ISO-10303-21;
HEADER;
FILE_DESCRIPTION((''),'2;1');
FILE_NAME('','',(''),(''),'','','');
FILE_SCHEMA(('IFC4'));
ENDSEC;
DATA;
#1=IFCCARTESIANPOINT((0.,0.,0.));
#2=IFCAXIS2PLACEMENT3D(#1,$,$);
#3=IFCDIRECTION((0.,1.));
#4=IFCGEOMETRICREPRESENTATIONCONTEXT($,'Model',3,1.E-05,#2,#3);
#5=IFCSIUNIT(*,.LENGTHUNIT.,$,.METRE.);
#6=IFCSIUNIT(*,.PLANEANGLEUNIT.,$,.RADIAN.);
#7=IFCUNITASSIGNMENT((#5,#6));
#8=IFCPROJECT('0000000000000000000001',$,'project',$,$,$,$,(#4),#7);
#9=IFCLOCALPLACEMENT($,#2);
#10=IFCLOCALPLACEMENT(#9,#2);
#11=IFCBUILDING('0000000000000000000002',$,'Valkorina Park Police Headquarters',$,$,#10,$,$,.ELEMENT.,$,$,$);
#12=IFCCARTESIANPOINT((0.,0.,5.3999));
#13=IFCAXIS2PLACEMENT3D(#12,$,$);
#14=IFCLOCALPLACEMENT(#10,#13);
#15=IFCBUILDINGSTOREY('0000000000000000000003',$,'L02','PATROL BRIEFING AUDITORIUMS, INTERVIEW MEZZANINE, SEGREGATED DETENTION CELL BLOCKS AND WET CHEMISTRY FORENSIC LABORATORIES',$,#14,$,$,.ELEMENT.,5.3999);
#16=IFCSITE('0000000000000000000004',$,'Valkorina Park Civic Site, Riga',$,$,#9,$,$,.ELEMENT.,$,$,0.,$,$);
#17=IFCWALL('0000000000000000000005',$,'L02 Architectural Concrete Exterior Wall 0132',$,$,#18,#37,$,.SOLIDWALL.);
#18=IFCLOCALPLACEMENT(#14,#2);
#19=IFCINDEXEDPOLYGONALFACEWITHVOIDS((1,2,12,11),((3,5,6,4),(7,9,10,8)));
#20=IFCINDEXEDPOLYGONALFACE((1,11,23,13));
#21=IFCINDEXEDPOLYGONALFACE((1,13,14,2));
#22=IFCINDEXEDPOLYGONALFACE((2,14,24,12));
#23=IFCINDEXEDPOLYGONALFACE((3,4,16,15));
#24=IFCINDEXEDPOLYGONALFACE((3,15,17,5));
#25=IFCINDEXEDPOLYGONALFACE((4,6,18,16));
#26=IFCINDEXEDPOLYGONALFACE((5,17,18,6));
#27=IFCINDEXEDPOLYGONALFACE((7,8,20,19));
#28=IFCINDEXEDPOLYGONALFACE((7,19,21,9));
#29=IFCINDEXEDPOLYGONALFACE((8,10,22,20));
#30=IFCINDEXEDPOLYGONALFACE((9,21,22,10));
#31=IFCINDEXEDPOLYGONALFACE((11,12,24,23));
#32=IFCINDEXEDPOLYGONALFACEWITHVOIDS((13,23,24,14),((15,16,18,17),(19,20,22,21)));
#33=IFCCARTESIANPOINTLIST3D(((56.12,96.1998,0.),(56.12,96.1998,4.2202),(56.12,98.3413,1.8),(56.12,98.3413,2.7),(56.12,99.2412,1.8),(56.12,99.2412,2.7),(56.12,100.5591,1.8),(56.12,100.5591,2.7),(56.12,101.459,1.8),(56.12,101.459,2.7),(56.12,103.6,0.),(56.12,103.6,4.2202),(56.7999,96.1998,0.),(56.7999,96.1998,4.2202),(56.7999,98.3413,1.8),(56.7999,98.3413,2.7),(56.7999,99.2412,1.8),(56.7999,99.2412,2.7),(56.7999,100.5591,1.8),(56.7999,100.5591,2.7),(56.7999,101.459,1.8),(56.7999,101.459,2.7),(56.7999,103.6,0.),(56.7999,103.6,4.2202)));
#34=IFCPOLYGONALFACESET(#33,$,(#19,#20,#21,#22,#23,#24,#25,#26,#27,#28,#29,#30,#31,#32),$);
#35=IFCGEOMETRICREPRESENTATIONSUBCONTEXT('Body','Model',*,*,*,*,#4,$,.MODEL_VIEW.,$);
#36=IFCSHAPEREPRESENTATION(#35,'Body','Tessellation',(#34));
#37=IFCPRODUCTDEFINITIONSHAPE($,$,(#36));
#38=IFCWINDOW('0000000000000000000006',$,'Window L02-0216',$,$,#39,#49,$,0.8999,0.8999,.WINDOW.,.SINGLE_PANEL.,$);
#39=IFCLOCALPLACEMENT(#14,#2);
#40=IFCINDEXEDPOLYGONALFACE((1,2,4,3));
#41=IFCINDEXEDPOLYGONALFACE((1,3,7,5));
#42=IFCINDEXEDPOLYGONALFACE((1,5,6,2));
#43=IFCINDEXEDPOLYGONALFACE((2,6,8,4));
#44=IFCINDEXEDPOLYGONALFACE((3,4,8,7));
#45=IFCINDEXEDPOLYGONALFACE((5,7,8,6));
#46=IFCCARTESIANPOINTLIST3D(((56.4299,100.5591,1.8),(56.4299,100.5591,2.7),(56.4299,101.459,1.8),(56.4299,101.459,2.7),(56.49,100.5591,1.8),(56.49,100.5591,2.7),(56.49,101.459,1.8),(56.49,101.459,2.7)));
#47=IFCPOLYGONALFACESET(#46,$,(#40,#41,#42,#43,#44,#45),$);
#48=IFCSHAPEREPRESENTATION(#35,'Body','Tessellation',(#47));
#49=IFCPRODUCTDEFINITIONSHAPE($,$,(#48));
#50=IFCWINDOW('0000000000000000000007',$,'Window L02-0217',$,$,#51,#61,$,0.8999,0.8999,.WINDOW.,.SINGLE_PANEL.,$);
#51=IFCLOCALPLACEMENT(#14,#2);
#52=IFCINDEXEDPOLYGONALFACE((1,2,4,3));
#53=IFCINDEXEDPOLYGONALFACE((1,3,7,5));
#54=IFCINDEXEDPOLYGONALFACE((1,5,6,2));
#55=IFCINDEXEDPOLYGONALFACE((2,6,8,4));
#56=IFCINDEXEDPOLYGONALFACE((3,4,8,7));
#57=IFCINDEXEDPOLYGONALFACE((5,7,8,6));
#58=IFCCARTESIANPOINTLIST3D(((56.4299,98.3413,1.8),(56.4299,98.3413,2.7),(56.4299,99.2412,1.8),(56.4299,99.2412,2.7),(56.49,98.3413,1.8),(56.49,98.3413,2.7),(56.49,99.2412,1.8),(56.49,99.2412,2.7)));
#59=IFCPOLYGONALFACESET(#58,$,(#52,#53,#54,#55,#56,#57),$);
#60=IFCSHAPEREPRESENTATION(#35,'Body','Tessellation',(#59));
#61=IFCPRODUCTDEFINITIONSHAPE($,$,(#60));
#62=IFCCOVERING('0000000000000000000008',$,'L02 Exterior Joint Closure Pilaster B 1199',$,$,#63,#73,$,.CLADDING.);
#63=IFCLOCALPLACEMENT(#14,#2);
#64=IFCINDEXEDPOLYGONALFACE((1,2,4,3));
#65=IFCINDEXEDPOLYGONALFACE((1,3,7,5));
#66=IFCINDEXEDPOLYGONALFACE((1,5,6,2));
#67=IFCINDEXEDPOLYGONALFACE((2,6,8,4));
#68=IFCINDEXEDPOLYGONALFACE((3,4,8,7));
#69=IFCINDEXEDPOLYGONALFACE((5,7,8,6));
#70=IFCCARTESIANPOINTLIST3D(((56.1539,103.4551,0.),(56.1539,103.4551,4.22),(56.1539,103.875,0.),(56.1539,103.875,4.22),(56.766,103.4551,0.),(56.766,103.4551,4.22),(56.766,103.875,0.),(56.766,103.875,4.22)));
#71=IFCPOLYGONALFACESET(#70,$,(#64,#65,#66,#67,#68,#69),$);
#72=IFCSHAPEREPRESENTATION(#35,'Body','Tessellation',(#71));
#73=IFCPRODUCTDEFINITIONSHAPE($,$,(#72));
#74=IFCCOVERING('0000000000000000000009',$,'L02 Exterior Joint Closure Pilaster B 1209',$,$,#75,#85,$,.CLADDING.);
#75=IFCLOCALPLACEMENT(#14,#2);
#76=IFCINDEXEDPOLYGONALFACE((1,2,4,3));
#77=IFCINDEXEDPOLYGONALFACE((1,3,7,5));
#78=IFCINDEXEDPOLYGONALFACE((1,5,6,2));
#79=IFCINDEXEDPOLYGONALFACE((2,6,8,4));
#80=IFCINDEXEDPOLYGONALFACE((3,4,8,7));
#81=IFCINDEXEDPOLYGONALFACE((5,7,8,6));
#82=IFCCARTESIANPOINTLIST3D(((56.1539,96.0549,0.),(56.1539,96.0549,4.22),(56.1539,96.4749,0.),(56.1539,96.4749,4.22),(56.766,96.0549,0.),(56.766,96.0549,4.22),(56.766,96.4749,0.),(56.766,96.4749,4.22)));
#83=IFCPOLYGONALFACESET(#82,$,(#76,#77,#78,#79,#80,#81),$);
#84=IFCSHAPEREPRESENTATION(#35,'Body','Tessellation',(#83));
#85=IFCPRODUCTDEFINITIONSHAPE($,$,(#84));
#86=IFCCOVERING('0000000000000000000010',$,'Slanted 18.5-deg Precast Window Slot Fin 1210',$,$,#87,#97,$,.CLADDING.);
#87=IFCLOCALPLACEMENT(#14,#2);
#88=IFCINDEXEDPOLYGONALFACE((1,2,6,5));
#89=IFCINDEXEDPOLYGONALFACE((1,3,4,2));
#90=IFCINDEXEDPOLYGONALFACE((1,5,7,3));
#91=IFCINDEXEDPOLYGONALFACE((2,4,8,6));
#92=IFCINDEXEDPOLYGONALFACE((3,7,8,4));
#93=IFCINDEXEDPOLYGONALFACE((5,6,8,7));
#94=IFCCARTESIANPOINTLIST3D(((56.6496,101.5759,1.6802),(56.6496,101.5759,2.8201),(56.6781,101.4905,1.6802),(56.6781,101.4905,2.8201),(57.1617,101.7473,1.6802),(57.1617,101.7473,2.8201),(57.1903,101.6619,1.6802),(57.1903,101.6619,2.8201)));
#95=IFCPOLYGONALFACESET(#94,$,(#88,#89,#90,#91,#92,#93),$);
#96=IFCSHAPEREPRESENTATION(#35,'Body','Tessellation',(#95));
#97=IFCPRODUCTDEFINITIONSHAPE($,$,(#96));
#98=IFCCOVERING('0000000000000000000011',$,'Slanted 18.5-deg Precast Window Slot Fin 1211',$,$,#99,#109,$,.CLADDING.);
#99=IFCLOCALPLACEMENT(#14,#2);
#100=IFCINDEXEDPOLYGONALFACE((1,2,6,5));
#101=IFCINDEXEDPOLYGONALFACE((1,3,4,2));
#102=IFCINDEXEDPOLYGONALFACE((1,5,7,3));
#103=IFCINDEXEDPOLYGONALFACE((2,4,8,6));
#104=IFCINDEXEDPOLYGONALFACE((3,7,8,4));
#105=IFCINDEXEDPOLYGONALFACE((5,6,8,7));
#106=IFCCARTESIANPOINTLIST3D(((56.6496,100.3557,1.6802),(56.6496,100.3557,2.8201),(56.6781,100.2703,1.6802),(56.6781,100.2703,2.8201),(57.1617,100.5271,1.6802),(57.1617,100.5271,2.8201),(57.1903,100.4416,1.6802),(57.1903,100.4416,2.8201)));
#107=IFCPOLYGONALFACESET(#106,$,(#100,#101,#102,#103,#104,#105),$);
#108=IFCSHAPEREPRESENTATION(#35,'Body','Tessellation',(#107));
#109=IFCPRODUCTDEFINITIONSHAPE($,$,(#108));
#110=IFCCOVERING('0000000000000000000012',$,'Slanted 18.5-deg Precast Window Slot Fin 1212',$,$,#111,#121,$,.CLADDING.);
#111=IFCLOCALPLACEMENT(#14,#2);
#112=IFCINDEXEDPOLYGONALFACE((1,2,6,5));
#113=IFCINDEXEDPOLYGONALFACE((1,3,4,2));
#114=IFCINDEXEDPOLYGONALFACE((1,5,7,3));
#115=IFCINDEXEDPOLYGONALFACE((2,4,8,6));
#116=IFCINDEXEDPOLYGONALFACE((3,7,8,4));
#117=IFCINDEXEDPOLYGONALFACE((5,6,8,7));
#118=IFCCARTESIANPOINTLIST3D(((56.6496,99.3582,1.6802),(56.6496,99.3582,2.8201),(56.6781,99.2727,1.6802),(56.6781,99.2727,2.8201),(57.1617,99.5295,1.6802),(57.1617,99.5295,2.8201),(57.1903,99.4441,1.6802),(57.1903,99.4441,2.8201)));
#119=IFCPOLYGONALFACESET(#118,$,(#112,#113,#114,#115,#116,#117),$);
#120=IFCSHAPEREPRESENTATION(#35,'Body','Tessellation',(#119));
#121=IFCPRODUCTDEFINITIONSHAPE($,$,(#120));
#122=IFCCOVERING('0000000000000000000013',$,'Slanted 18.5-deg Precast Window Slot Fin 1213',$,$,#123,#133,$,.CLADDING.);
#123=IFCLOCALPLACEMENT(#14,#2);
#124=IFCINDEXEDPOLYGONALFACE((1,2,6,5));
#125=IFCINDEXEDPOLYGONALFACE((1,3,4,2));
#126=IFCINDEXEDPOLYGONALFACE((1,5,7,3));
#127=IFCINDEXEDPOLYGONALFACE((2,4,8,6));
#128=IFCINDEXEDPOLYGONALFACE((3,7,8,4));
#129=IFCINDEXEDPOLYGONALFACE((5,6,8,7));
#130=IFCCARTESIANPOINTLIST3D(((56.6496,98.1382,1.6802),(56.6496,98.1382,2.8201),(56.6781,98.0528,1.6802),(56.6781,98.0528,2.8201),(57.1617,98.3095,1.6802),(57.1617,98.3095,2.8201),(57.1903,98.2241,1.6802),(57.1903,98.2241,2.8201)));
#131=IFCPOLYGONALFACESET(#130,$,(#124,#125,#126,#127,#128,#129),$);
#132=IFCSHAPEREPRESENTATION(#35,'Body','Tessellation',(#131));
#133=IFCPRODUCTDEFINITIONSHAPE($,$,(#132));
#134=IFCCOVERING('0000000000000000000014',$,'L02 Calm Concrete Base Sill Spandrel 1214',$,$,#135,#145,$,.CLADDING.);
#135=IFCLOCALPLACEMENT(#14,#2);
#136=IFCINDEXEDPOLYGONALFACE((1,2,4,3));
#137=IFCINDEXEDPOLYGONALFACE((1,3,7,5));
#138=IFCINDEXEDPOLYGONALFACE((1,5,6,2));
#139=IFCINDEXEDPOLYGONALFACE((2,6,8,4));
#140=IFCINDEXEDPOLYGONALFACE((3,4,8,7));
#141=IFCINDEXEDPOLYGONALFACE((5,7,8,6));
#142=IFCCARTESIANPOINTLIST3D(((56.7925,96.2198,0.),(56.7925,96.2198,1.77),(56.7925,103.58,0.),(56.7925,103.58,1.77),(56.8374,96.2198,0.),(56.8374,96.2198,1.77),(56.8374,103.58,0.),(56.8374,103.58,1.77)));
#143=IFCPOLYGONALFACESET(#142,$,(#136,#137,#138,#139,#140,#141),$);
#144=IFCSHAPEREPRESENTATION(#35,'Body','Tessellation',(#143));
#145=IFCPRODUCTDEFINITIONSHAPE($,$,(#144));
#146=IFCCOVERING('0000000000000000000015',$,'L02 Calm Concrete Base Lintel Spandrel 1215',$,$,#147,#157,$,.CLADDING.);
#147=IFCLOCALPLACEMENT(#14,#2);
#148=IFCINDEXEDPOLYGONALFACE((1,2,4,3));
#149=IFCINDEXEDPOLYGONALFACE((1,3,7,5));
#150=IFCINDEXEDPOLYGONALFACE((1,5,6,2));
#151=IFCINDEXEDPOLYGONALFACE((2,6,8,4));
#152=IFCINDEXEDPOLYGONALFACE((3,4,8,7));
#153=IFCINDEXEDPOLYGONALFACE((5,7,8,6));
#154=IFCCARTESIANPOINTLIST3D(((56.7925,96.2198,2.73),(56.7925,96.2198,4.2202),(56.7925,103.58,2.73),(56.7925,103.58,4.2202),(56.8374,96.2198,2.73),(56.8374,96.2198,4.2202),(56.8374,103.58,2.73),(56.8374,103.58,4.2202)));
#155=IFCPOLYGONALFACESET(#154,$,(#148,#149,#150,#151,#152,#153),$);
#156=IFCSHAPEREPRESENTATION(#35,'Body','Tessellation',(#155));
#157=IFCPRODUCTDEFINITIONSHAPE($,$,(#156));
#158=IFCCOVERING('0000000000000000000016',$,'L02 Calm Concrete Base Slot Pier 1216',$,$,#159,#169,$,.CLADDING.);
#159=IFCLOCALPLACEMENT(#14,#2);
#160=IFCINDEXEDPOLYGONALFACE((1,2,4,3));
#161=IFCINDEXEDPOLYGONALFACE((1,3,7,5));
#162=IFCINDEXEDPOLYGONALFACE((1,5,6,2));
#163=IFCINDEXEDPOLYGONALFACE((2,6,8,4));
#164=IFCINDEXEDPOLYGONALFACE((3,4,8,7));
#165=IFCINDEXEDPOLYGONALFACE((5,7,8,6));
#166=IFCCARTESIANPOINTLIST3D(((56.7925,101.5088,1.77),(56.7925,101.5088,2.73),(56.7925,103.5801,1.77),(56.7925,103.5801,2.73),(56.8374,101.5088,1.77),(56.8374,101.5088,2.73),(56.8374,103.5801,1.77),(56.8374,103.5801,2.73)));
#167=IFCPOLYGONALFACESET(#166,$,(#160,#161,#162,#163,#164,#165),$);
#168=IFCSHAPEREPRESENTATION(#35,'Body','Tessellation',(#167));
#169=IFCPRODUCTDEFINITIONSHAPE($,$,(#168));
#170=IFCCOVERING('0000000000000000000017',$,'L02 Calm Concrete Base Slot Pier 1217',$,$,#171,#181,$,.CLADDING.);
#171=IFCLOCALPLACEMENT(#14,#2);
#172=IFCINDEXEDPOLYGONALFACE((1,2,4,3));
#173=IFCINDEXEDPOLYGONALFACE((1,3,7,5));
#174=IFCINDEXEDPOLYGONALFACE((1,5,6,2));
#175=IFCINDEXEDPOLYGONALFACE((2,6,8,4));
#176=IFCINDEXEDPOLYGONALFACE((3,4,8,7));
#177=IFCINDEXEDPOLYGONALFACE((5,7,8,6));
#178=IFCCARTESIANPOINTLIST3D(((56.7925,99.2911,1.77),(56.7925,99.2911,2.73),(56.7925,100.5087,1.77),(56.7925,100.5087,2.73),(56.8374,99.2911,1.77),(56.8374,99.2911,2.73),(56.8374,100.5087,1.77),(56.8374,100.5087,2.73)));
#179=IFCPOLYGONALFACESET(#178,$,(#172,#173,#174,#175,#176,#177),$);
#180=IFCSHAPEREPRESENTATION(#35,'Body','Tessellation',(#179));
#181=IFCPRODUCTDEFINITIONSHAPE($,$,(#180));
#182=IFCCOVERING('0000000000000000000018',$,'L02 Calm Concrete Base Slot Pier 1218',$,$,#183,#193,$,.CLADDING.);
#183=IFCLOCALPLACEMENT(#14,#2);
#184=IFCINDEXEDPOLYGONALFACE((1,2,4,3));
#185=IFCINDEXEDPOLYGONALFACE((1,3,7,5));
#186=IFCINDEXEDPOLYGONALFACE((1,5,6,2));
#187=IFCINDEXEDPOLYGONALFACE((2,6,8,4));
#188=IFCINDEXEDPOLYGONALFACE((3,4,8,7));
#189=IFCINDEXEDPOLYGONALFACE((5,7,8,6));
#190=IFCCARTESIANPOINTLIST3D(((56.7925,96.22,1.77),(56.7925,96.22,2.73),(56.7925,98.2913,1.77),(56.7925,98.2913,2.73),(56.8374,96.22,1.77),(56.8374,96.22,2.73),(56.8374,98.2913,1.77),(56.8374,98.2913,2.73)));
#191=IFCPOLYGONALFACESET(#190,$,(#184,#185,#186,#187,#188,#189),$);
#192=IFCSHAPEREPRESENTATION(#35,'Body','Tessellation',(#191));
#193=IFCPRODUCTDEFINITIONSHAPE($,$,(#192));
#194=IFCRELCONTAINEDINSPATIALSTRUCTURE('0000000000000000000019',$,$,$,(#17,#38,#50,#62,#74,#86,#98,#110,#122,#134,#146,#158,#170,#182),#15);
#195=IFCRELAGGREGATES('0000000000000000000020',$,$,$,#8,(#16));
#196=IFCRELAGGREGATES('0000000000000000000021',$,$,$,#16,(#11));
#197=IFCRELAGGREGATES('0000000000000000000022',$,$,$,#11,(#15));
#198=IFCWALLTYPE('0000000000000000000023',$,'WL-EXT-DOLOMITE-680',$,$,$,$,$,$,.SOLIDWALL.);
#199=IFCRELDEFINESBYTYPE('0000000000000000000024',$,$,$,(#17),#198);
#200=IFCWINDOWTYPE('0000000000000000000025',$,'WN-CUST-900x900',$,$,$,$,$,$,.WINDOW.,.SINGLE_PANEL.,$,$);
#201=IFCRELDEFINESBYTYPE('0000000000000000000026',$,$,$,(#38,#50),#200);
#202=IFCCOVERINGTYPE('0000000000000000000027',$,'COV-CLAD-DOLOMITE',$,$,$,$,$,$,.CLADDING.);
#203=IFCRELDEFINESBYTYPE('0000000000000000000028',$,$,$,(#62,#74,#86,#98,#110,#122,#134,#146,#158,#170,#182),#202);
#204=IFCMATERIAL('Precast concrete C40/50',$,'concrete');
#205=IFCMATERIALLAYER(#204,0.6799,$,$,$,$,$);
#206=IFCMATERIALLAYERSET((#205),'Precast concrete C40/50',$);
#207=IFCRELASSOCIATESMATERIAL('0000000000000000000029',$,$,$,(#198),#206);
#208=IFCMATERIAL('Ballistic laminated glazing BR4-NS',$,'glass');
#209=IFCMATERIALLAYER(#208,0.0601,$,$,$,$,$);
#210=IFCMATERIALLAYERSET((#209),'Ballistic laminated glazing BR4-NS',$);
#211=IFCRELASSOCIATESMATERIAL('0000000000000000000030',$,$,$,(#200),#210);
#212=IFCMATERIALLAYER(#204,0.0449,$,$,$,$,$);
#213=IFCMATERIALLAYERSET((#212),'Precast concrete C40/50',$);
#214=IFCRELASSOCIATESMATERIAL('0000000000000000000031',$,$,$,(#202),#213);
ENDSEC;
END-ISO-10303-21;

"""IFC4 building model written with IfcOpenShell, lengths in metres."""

from ifc_helpers import new_model, si_unit, direction, frame, frame_2d, origin, origin_2d, place, context, subcontext, project, spatial, rectangle, extrude, material, layer, layer_set, type_object, element, fill, save


model = new_model("IFC4")

# Units and contexts
model_context = context("Model", 3, precision=1e-05, world=origin(), true_north=direction((0.0, 1.0)))
body_context = subcontext(model_context, "Body", "Model", "MODEL_VIEW")
ifc_project = project(units=[si_unit("LENGTHUNIT", "METRE"), si_unit("PLANEANGLEUNIT", "RADIAN")], contexts=[model_context])

# Site, building, storey
site_placement = place(None, origin())
site = spatial("IfcSite", under=ifc_project, at=site_placement, Name="Valkorina Park Civic Site, Riga", CompositionType="ELEMENT", RefElevation=0.0)
building_placement = place(site_placement, origin())
building = spatial("IfcBuilding", under=site, at=building_placement, Name="Valkorina Park Police Headquarters", CompositionType="ELEMENT")
storey_placement = place(building_placement, frame((0.0, 0.0, 5.3999)))
storey = spatial("IfcBuildingStorey", under=building, at=storey_placement, Name="L02", Description="PATROL BRIEFING AUDITORIUMS, INTERVIEW MEZZANINE, SEGREGATED DETENTION CELL BLOCKS AND WET CHEMISTRY FORENSIC LABORATORIES", CompositionType="ELEMENT", Elevation=5.3999)

# Wall, openings, windows
ifc_material_1 = material(Name="Precast concrete C40/50", Category="concrete")
ifc_layer_1 = layer(ifc_material_1, 0.6799)
ifc_layer_set_1 = layer_set([ifc_layer_1], Name="Precast concrete C40/50")
wall_type = type_object("IfcWallType", Name="WL-EXT-DOLOMITE-680", PredefinedType="SOLIDWALL", material=ifc_layer_set_1)
wall_placement = place(storey_placement, frame((56.46, 103.6001, 0.0), z_axis=(0.0, 0.0, 1.0), x_axis=(0.0, -1.0, 0.0)))
wall = element("IfcWall", 1, at=wall_placement, inside=storey, type_object=wall_type, Name="L02 Architectural Concrete Exterior Wall 0132", PredefinedType="SOLIDWALL", context=body_context, shape_type="SweptSolid", body=[
    extrude(rectangle(XDim=7.4001, YDim=0.6799, at=frame_2d((3.7002, 0.0))), origin(), (0.0, 0.0, 1.0), 4.2202),
])
opening_1_placement = place(wall_placement, frame((2.1411, 0.0, 1.8)))
opening_1 = element("IfcOpeningElement", 2, at=opening_1_placement, cuts=wall, PredefinedType="OPENING", context=body_context, shape_type="SweptSolid", body=[
    extrude(rectangle(XDim=0.8999, YDim=0.8999, at=frame_2d((0.45, 0.45))), frame((0.0, 0.3501, 0.0), z_axis=(0.0, -1.0, 0.0), x_axis=(1.0, 0.0, 0.0)), (0.0, 0.0, 1.0), 0.7),
])
opening_2_placement = place(wall_placement, frame((4.3589, 0.0, 1.8)))
opening_2 = element("IfcOpeningElement", 3, at=opening_2_placement, cuts=wall, PredefinedType="OPENING", context=body_context, shape_type="SweptSolid", body=[
    extrude(rectangle(XDim=0.8999, YDim=0.8999, at=frame_2d((0.45, 0.45))), frame((0.0, 0.3501, 0.0), z_axis=(0.0, -1.0, 0.0), x_axis=(1.0, 0.0, 0.0)), (0.0, 0.0, 1.0), 0.7),
])
ifc_material_2 = material(Name="Ballistic laminated glazing BR4-NS", Category="glass")
ifc_layer_2 = layer(ifc_material_2, 0.0601)
ifc_layer_set_2 = layer_set([ifc_layer_2], Name="Ballistic laminated glazing BR4-NS")
window_type = type_object("IfcWindowType", Name="WN-CUST-900x900", PartitioningType="SINGLE_PANEL", PredefinedType="WINDOW", material=ifc_layer_set_2)
window_1_placement = place(opening_1_placement, origin())
window_1 = element("IfcWindow", 4, at=window_1_placement, inside=storey, type_object=window_type, Name="Window L02-0216", OverallHeight=0.8999, OverallWidth=0.8999, PartitioningType="SINGLE_PANEL", PredefinedType="WINDOW", context=body_context, shape_type="SweptSolid", body=[
    extrude(rectangle(XDim=0.8999, YDim=0.8999, at=frame_2d((0.45, 0.45))), frame((0.0, 0.03, 0.0), z_axis=(0.0, -1.0, 0.0), x_axis=(1.0, 0.0, 0.0)), (0.0, 0.0, 1.0), 0.0601),
])
fill(opening_1, window_1)
window_2_placement = place(opening_2_placement, origin())
window_2 = element("IfcWindow", 5, at=window_2_placement, inside=storey, type_object=window_type, Name="Window L02-0217", OverallHeight=0.8999, OverallWidth=0.8999, PartitioningType="SINGLE_PANEL", PredefinedType="WINDOW", context=body_context, shape_type="SweptSolid", body=[
    extrude(rectangle(XDim=0.8999, YDim=0.8999, at=frame_2d((0.45, 0.45))), frame((0.0, 0.03, 0.0), z_axis=(0.0, -1.0, 0.0), x_axis=(1.0, 0.0, 0.0)), (0.0, 0.0, 1.0), 0.0601),
])
fill(opening_2, window_2)

# Coverings
ifc_layer_3 = layer(ifc_material_1, 0.0449)
ifc_layer_set_3 = layer_set([ifc_layer_3], Name="Precast concrete C40/50")
covering_type = type_object("IfcCoveringType", Name="COV-CLAD-DOLOMITE", PredefinedType="CLADDING", material=ifc_layer_set_3)
for number, where, z_axis, x_axis, name in (
    (6, (56.46, 103.665, 0.0), (0.0, 0.0, 1.0), (0.0, 1.0, 0.0), "L02 Exterior Joint Closure Pilaster B 1199"),
    (7, (56.46, 96.2649, 0.0), (0.0, 0.0, 1.0), (0.0, 1.0, 0.0), "L02 Exterior Joint Closure Pilaster B 1209"),
):
    element("IfcCovering", number, at=place(storey_placement, frame(where, z_axis=z_axis, x_axis=x_axis)), inside=storey, type_object=covering_type, Name=name, PredefinedType="CLADDING", context=body_context, shape_type="SweptSolid", body=[
        extrude(rectangle(XDim=0.4199, YDim=0.6121, at=origin_2d()), origin(), (0.0, 0.0, 1.0), 4.22),
    ])
for number, where, z_axis, x_axis, name in (
    (8, (56.9199, 101.6189, 1.6802), (0.0, 0.0, 1.0), (0.948324, 0.317305, 0.0), "Slanted 18.5-deg Precast Window Slot Fin 1210"),
    (9, (56.9199, 100.3987, 1.6802), (0.0, 0.0, 1.0), (0.948324, 0.317305, 0.0), "Slanted 18.5-deg Precast Window Slot Fin 1211"),
    (10, (56.9199, 99.4011, 1.6802), (0.0, 0.0, 1.0), (0.948324, 0.317305, 0.0), "Slanted 18.5-deg Precast Window Slot Fin 1212"),
    (11, (56.9199, 98.1812, 1.6802), (0.0, 0.0, 1.0), (0.948324, 0.317305, 0.0), "Slanted 18.5-deg Precast Window Slot Fin 1213"),
):
    element("IfcCovering", number, at=place(storey_placement, frame(where, z_axis=z_axis, x_axis=x_axis)), inside=storey, type_object=covering_type, Name=name, PredefinedType="CLADDING", context=body_context, shape_type="SweptSolid", body=[
        extrude(rectangle(XDim=0.54, YDim=0.0901, at=origin_2d()), origin(), (0.0, 0.0, 1.0), 1.1399),
    ])
covering_1_placement = place(storey_placement, frame((56.8149, 103.5801, 0.0), z_axis=(0.0, 0.0, 1.0), x_axis=(0.0, -1.0, 0.0)))
element("IfcCovering", 12, at=covering_1_placement, inside=storey, type_object=covering_type, Name="L02 Calm Concrete Base Sill Spandrel 1214", PredefinedType="CLADDING", context=body_context, shape_type="SweptSolid", body=[
    extrude(rectangle(XDim=7.3601, YDim=0.0449, at=frame_2d((3.6802, 0.0))), origin(), (0.0, 0.0, 1.0), 1.77),
])
covering_2_placement = place(storey_placement, frame((56.8149, 103.5801, 2.73), z_axis=(0.0, 0.0, 1.0), x_axis=(0.0, -1.0, 0.0)))
element("IfcCovering", 13, at=covering_2_placement, inside=storey, type_object=covering_type, Name="L02 Calm Concrete Base Lintel Spandrel 1215", PredefinedType="CLADDING", context=body_context, shape_type="SweptSolid", body=[
    extrude(rectangle(XDim=7.3601, YDim=0.0449, at=frame_2d((3.6802, 0.0))), origin(), (0.0, 0.0, 1.0), 1.4902),
])
covering_3_placement = place(storey_placement, frame((56.8149, 103.5801, 1.77), z_axis=(0.0, 0.0, 1.0), x_axis=(0.0, -1.0, 0.0)))
element("IfcCovering", 14, at=covering_3_placement, inside=storey, type_object=covering_type, Name="L02 Calm Concrete Base Slot Pier 1216", PredefinedType="CLADDING", context=body_context, shape_type="SweptSolid", body=[
    extrude(rectangle(XDim=2.0713, YDim=0.0449, at=frame_2d((1.0356, 0.0))), origin(), (0.0, 0.0, 1.0), 0.96),
])
covering_4_placement = place(storey_placement, frame((56.8149, 100.5088, 1.77), z_axis=(0.0, 0.0, 1.0), x_axis=(0.0, -1.0, 0.0)))
element("IfcCovering", 15, at=covering_4_placement, inside=storey, type_object=covering_type, Name="L02 Calm Concrete Base Slot Pier 1217", PredefinedType="CLADDING", context=body_context, shape_type="SweptSolid", body=[
    extrude(rectangle(XDim=1.2175, YDim=0.0449, at=frame_2d((0.6089, 0.0))), origin(), (0.0, 0.0, 1.0), 0.96),
])
covering_5_placement = place(storey_placement, frame((56.8149, 98.2913, 1.77), z_axis=(0.0, 0.0, 1.0), x_axis=(0.0, -1.0, 0.0)))
element("IfcCovering", 16, at=covering_5_placement, inside=storey, type_object=covering_type, Name="L02 Calm Concrete Base Slot Pier 1218", PredefinedType="CLADDING", context=body_context, shape_type="SweptSolid", body=[
    extrude(rectangle(XDim=2.0713, YDim=0.0449, at=frame_2d((1.0356, 0.0))), origin(), (0.0, 0.0, 1.0), 0.96),
])

save(model, "model.ifc")
